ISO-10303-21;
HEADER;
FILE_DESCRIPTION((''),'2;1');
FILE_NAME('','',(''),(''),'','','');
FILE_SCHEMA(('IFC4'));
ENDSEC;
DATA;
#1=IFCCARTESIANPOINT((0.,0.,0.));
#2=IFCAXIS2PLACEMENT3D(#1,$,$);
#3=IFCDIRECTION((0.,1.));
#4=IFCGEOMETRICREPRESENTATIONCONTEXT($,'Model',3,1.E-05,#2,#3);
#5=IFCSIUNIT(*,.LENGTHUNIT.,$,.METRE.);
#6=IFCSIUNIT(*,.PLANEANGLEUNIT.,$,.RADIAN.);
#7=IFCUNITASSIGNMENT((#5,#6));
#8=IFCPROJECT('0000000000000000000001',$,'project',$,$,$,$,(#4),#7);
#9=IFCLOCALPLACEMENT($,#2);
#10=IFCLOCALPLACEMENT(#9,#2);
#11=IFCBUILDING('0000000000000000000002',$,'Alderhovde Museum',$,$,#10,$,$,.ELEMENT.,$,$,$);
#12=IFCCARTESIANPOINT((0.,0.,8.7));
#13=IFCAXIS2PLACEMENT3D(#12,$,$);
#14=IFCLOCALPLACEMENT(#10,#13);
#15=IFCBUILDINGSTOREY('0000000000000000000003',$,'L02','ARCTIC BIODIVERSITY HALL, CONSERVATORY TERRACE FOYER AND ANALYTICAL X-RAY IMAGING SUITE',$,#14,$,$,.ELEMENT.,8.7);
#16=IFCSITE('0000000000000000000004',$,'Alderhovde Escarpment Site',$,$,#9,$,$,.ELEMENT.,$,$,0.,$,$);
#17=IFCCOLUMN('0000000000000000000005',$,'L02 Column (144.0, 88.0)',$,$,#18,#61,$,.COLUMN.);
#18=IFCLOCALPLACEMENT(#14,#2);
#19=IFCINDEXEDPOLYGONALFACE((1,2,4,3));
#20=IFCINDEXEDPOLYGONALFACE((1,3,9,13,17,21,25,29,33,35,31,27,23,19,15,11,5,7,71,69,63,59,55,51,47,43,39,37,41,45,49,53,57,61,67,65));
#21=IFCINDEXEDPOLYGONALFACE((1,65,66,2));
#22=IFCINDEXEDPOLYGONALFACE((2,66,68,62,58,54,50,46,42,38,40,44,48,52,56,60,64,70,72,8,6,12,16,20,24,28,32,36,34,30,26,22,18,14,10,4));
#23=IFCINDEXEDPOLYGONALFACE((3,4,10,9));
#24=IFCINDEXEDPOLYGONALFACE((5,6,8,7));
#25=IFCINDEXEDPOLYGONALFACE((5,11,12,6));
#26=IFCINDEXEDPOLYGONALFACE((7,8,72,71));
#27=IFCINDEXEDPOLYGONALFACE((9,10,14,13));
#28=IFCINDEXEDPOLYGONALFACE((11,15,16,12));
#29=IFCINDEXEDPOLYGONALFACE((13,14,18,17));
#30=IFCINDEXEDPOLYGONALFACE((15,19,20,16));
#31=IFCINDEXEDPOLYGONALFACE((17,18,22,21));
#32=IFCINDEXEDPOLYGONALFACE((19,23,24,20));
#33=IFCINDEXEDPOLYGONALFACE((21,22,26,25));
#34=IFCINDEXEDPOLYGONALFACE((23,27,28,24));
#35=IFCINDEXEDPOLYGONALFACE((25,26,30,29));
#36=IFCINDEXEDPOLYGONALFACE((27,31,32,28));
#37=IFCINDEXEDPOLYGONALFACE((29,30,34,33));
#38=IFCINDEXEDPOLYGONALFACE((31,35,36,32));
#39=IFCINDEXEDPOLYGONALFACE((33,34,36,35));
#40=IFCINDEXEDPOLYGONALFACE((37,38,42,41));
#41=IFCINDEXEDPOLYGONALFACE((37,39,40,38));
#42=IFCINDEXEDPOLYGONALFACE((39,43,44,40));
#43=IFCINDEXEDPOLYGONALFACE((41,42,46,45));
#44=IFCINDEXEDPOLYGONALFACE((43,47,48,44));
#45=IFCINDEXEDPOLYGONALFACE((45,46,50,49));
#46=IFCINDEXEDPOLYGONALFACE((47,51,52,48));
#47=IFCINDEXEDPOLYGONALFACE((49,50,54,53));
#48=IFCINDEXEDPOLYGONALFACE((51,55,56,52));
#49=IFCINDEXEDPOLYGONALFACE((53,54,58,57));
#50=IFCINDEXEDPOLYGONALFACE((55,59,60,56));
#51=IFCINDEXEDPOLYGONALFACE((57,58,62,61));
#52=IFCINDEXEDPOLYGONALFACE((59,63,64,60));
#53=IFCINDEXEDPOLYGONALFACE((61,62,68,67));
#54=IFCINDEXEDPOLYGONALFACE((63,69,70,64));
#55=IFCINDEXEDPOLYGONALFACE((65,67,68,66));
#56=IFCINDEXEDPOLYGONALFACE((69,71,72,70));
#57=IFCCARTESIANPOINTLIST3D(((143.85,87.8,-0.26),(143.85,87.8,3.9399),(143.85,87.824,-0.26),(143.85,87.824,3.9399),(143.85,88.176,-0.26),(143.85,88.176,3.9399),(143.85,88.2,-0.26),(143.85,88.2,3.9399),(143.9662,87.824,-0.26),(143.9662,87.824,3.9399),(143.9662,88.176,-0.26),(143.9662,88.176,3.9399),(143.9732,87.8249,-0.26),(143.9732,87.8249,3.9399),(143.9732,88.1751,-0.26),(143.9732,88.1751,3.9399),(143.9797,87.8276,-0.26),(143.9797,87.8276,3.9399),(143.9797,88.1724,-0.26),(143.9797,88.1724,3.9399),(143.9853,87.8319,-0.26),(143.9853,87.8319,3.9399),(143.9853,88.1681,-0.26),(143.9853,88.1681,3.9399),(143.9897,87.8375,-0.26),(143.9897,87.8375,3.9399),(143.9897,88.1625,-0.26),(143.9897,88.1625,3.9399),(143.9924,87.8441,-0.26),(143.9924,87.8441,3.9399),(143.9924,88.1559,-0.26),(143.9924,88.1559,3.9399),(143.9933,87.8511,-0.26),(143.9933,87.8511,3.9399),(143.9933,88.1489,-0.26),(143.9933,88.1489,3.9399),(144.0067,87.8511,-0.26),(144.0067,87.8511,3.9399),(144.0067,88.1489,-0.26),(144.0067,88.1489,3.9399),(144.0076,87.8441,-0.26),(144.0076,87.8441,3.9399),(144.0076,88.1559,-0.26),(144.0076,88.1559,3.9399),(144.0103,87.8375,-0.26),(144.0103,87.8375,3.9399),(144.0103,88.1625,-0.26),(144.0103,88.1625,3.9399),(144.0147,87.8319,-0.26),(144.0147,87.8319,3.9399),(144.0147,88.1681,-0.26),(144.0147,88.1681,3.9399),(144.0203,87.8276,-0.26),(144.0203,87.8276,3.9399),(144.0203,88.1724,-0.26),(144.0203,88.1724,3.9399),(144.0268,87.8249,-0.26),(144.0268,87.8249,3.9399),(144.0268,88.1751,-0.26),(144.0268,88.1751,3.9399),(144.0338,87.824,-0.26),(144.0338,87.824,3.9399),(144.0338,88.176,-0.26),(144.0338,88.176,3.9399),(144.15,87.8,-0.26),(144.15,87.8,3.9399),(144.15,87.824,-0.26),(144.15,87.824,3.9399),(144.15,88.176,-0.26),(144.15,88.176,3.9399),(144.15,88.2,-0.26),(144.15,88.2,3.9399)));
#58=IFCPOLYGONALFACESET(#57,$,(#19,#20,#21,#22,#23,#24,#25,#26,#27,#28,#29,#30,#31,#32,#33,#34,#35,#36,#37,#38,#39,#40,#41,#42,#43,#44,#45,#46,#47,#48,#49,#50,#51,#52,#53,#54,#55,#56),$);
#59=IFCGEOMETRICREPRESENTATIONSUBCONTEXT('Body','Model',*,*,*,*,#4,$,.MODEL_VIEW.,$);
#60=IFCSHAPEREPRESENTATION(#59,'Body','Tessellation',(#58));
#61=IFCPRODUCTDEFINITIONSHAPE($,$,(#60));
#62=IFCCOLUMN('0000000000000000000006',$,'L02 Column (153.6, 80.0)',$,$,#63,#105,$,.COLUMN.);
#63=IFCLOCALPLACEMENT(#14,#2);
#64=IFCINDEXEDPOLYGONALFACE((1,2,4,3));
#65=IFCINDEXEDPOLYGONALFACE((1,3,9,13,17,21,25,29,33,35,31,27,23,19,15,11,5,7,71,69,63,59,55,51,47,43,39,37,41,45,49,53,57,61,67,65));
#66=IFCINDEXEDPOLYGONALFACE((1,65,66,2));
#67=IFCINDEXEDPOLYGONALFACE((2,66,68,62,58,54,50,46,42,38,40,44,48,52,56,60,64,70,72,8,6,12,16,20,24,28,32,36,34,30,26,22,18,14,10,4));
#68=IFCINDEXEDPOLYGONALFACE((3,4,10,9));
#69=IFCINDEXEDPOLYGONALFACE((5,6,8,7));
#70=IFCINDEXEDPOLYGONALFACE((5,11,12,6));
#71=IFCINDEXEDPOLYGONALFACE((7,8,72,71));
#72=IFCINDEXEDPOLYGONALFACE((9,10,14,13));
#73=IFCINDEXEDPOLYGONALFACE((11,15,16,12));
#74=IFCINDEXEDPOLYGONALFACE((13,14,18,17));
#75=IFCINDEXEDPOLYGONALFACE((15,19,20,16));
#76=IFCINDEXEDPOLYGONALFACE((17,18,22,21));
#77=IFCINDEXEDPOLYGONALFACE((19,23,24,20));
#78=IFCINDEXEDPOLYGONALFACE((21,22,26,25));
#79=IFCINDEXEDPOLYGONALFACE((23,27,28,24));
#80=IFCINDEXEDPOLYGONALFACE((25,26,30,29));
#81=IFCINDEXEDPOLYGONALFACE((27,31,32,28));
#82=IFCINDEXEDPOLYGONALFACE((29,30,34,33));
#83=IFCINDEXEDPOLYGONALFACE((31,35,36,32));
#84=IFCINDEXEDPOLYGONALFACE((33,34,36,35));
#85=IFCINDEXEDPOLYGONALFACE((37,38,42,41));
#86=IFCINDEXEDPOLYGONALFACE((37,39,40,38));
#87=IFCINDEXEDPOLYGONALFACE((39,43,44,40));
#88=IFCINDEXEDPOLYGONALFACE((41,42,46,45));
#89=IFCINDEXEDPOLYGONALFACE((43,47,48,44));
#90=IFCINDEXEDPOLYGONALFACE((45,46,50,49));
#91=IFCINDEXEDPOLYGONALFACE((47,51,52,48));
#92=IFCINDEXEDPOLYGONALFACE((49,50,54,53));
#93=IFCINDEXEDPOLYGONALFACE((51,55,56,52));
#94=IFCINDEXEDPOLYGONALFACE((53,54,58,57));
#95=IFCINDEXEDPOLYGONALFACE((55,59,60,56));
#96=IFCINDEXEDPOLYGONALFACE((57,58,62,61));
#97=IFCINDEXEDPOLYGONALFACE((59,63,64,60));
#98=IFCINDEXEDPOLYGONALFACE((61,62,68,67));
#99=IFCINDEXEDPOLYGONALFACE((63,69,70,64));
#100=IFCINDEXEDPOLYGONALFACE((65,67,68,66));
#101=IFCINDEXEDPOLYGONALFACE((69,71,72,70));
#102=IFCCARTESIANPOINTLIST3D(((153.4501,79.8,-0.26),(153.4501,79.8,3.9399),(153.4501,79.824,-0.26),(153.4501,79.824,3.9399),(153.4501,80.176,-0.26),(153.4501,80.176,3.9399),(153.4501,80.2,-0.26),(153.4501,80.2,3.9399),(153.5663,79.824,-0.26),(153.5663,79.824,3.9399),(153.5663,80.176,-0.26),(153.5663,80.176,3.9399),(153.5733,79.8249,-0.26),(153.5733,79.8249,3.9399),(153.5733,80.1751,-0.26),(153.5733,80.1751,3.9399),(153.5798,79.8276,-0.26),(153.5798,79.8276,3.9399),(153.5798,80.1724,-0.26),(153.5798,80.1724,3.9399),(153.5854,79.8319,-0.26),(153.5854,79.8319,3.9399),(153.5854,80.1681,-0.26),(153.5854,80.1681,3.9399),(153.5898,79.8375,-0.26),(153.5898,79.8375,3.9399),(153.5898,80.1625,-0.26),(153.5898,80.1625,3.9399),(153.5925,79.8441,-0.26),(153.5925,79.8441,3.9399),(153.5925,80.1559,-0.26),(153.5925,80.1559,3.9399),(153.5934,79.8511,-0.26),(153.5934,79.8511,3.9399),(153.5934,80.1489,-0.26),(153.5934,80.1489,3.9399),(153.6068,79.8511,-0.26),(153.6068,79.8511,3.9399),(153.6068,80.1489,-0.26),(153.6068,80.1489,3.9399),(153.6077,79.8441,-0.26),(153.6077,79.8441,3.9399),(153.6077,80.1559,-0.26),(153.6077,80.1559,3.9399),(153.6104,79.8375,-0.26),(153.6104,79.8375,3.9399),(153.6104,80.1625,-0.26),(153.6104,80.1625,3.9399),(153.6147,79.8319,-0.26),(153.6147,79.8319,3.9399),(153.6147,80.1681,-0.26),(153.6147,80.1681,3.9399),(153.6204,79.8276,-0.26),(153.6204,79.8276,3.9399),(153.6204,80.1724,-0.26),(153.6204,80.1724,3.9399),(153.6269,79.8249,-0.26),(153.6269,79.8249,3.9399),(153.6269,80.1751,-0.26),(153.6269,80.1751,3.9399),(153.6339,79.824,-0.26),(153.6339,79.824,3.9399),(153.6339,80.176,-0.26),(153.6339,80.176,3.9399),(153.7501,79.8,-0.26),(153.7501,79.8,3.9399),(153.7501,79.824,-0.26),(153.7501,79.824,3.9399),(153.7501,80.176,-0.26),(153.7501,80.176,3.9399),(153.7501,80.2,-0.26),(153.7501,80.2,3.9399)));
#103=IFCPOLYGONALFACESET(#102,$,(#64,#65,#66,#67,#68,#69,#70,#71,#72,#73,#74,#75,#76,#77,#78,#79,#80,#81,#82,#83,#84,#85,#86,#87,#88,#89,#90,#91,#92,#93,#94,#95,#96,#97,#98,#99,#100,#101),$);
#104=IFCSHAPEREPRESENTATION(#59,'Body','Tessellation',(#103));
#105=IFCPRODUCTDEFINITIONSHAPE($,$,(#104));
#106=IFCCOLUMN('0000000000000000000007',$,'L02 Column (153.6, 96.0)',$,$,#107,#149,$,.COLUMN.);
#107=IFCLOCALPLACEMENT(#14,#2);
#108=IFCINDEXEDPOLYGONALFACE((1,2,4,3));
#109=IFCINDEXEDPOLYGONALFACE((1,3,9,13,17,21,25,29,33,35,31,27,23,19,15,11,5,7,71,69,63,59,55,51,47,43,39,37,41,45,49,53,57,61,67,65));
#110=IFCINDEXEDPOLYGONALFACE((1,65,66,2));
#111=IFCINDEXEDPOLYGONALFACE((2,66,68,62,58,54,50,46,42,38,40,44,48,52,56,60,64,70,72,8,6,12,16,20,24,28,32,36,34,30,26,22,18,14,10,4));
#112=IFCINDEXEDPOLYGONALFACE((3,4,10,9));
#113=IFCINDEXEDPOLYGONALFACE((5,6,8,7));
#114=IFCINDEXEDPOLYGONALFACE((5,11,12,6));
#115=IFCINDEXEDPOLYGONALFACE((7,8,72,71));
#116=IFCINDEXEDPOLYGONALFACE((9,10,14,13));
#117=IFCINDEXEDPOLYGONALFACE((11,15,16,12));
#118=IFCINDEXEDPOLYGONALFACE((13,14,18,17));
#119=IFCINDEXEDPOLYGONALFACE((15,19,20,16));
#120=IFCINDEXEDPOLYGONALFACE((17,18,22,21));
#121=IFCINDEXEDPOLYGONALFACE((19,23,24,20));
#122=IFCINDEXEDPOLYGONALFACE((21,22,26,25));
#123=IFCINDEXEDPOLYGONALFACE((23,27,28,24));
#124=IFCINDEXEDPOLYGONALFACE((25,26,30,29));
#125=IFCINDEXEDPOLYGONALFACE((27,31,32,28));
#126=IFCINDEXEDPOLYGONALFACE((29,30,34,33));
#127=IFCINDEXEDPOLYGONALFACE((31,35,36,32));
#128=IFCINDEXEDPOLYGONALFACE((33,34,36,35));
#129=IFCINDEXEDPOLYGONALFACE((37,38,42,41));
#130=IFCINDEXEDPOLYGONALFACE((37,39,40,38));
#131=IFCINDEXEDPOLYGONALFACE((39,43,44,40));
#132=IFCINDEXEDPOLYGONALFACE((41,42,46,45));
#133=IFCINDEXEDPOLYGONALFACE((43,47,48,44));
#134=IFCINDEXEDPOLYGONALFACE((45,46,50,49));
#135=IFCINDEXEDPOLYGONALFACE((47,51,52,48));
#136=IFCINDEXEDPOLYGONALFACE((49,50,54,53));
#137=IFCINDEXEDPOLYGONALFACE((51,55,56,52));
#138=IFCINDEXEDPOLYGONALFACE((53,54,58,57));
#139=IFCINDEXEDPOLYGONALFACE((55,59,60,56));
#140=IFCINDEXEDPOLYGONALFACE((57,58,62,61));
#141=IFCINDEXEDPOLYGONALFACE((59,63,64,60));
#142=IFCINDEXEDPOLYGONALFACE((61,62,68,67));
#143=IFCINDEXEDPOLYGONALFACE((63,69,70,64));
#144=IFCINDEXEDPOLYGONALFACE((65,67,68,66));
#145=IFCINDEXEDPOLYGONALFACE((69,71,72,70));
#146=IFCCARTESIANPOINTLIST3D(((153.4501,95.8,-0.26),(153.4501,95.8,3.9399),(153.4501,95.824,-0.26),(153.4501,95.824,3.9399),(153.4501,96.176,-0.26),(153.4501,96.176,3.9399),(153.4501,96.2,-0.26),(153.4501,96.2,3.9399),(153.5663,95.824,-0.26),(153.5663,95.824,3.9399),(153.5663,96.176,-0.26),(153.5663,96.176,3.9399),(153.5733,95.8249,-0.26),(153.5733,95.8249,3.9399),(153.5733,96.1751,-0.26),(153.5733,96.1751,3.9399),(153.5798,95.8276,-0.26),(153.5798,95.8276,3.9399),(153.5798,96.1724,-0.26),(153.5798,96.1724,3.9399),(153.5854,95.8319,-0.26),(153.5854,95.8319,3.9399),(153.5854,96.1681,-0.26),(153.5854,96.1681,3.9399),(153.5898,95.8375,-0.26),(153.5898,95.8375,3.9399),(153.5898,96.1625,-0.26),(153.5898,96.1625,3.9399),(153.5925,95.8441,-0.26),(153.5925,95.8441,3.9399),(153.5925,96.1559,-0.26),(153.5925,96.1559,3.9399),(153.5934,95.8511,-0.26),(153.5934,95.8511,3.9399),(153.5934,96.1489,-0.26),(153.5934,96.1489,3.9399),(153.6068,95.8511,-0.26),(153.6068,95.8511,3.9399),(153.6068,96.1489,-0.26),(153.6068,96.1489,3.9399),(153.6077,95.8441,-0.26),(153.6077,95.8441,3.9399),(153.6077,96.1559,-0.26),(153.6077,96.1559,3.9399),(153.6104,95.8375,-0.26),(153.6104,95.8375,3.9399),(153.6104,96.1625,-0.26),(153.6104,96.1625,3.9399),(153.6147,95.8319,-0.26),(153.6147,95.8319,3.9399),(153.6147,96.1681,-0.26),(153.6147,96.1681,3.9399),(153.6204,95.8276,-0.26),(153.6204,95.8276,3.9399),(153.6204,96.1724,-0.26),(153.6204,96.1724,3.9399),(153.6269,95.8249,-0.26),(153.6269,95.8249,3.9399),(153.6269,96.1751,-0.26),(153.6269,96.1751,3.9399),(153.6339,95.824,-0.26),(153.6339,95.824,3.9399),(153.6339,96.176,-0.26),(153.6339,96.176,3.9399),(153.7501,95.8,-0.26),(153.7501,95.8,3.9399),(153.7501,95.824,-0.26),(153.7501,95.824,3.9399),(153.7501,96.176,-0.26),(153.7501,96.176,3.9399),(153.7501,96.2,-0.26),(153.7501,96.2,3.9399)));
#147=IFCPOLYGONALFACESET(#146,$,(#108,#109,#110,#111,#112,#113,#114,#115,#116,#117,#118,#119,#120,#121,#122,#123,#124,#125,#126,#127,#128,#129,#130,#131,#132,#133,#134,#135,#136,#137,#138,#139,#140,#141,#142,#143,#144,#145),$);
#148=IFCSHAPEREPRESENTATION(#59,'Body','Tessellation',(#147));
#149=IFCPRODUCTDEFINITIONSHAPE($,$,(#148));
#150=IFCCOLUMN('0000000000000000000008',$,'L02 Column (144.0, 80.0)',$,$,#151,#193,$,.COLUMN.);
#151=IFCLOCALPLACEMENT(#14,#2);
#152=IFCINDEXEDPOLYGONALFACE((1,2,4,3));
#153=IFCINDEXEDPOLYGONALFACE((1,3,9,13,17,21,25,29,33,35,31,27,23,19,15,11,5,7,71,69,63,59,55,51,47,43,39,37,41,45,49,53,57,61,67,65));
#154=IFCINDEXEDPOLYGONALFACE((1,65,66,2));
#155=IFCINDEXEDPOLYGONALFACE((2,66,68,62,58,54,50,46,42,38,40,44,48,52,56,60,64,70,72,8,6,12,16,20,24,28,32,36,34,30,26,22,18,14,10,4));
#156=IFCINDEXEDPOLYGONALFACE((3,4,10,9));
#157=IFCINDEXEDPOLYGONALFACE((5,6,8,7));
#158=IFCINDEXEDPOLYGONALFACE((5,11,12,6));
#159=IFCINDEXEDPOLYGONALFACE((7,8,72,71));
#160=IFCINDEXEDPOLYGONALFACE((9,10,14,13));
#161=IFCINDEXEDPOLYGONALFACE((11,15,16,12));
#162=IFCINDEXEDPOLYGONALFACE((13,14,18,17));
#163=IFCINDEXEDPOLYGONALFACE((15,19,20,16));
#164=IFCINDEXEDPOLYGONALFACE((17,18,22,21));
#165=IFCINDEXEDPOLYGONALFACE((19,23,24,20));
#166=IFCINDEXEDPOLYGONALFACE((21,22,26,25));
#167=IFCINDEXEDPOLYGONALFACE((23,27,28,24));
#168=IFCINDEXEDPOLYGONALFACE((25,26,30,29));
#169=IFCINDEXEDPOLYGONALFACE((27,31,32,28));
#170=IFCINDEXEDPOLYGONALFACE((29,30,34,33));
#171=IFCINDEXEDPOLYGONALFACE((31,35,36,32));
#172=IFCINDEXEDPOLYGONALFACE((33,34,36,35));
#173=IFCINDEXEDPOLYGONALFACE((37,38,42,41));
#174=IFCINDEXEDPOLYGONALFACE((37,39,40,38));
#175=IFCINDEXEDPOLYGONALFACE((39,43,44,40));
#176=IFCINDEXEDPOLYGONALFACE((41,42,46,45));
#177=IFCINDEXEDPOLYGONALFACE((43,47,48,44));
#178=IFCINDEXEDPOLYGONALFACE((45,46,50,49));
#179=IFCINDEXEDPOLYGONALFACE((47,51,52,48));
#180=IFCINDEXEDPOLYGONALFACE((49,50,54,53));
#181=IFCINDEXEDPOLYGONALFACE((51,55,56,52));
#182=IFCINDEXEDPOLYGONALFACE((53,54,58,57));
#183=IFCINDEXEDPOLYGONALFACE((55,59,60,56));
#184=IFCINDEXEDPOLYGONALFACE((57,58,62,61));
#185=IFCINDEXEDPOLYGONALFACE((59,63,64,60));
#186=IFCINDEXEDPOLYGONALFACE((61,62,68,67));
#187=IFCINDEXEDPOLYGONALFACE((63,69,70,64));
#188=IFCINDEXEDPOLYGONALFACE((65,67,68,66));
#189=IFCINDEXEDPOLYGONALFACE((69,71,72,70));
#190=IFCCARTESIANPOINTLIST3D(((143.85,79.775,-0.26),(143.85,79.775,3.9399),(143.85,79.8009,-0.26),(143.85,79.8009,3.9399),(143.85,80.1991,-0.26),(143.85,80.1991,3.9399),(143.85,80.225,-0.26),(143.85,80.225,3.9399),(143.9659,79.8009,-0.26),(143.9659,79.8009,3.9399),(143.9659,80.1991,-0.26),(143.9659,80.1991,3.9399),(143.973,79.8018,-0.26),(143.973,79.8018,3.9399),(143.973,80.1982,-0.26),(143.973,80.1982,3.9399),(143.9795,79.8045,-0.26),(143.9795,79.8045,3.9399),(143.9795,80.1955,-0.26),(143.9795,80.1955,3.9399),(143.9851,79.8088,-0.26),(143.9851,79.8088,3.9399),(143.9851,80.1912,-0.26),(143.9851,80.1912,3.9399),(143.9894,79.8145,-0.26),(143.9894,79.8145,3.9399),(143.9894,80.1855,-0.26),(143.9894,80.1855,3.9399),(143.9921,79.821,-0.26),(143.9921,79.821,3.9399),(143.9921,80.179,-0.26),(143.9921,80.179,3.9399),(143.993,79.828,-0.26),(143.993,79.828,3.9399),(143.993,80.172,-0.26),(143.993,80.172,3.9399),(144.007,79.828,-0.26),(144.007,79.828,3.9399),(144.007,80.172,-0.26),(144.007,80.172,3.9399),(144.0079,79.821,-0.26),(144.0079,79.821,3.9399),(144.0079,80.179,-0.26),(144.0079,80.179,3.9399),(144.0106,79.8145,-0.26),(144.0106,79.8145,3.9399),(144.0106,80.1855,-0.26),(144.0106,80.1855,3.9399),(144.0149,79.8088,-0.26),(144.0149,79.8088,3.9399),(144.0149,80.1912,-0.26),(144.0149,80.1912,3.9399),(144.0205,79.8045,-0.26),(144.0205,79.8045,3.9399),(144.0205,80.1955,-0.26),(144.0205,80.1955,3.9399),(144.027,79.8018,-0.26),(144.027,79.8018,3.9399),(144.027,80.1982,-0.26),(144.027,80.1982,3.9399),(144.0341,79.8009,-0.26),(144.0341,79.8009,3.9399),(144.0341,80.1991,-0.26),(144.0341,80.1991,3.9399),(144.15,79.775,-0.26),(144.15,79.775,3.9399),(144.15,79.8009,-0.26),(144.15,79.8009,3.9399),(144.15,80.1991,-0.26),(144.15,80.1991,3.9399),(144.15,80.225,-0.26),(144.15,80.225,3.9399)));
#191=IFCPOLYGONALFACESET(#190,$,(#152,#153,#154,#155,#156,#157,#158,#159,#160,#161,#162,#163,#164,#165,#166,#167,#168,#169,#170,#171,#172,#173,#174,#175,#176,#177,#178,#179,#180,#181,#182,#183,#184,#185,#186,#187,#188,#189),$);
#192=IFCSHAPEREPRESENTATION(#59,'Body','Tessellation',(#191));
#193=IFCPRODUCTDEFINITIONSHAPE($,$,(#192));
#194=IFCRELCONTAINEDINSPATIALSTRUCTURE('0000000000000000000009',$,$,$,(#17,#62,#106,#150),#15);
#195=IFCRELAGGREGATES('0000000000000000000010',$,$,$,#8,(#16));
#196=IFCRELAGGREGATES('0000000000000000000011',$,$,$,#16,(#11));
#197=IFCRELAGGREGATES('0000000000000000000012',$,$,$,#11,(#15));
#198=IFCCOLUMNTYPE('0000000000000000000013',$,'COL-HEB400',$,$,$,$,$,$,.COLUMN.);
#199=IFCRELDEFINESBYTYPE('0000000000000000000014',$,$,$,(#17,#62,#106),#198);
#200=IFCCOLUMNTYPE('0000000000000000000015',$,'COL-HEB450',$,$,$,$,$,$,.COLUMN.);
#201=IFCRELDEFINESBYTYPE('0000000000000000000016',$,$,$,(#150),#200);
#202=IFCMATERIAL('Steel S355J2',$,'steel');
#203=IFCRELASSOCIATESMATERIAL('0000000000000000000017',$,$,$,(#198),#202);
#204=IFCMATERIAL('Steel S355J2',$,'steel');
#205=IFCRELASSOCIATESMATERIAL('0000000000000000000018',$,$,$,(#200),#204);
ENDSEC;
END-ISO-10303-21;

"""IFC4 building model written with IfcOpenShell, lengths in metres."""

from ifc_helpers import new_model, si_unit, direction, frame, origin, origin_2d, place, context, subcontext, project, spatial, i_section, extrude, material, material_profile, profile_set, type_object, element, save


model = new_model("IFC4")

# Units and contexts
model_context = context("Model", 3, precision=1e-05, world=origin(), true_north=direction((0.0, 1.0)))
body_context = subcontext(model_context, "Body", "Model", "MODEL_VIEW")
ifc_project = project(units=[si_unit("LENGTHUNIT", "METRE"), si_unit("PLANEANGLEUNIT", "RADIAN")], contexts=[model_context])

# Site, building, storey
site_placement = place(None, origin())
site = spatial("IfcSite", under=ifc_project, at=site_placement, Name="Alderhovde Escarpment Site", CompositionType="ELEMENT", RefElevation=0.0)
building_placement = place(site_placement, origin())
building = spatial("IfcBuilding", under=site, at=building_placement, Name="Alderhovde Museum", CompositionType="ELEMENT")
storey_placement = place(building_placement, frame((0.0, 0.0, 8.7)))
storey = spatial("IfcBuildingStorey", under=building, at=storey_placement, Name="L02", Description="ARCTIC BIODIVERSITY HALL, CONSERVATORY TERRACE FOYER AND ANALYTICAL X-RAY IMAGING SUITE", CompositionType="ELEMENT", Elevation=8.7)

# Columns
ifc_material_1 = material(Name="Steel S355J2", Category="steel")
ifc_material_profile_1 = material_profile(ifc_material_1, i_section(OverallWidth=0.3, OverallDepth=0.3999, WebThickness=0.0134, FlangeThickness=0.0239, FilletRadius=0.0271, at=origin_2d()), Name="HEB 400")
ifc_profile_set_1 = profile_set([ifc_material_profile_1], Name="Steel S355J2")
column_type_1 = type_object("IfcColumnType", Name="COL-HEB400", PredefinedType="COLUMN", material=ifc_profile_set_1)
for number, where, z_axis, x_axis, name in (
    (1, (144.0, 88.0, -0.26), (0.0, 0.0, 1.0), (1.0, 0.0, 0.0), "L02 Column (144.0, 88.0)"),
    (2, (153.6001, 80.0, -0.26), (0.0, 0.0, 1.0), (1.0, 0.0, 0.0), "L02 Column (153.6, 80.0)"),
    (3, (153.6001, 96.0, -0.26), (0.0, 0.0, 1.0), (1.0, 0.0, 0.0), "L02 Column (153.6, 96.0)"),
):
    element("IfcColumn", number, at=place(storey_placement, frame(where, z_axis=z_axis, x_axis=x_axis)), inside=storey, type_object=column_type_1, Name=name, PredefinedType="COLUMN", context=body_context, shape_type="SweptSolid", body=[
        extrude(i_section(OverallWidth=0.3, OverallDepth=0.3999, WebThickness=0.0134, FlangeThickness=0.0239, FilletRadius=0.0271, at=origin_2d()), origin(), (0.0, 0.0, 1.0), 4.2),
    ])
ifc_material_2 = material(Name="Steel S355J2", Category="steel")
ifc_material_profile_2 = material_profile(ifc_material_2, i_section(OverallWidth=0.3, OverallDepth=0.45, WebThickness=0.0139, FlangeThickness=0.0259, FilletRadius=0.0271, at=origin_2d()), Name="HEB 450")
ifc_profile_set_2 = profile_set([ifc_material_profile_2], Name="Steel S355J2")
column_type_2 = type_object("IfcColumnType", Name="COL-HEB450", PredefinedType="COLUMN", material=ifc_profile_set_2)
for number, where, z_axis, x_axis, name in (
    (4, (144.0, 80.0, -0.26), (0.0, 0.0, 1.0), (1.0, 0.0, 0.0), "L02 Column (144.0, 80.0)"),
):
    element("IfcColumn", number, at=place(storey_placement, frame(where, z_axis=z_axis, x_axis=x_axis)), inside=storey, type_object=column_type_2, Name=name, PredefinedType="COLUMN", context=body_context, shape_type="SweptSolid", body=[
        extrude(i_section(OverallWidth=0.3, OverallDepth=0.45, WebThickness=0.0139, FlangeThickness=0.0259, FilletRadius=0.0271, at=origin_2d()), origin(), (0.0, 0.0, 1.0), 4.2),
    ])

save(model, "model.ifc")
